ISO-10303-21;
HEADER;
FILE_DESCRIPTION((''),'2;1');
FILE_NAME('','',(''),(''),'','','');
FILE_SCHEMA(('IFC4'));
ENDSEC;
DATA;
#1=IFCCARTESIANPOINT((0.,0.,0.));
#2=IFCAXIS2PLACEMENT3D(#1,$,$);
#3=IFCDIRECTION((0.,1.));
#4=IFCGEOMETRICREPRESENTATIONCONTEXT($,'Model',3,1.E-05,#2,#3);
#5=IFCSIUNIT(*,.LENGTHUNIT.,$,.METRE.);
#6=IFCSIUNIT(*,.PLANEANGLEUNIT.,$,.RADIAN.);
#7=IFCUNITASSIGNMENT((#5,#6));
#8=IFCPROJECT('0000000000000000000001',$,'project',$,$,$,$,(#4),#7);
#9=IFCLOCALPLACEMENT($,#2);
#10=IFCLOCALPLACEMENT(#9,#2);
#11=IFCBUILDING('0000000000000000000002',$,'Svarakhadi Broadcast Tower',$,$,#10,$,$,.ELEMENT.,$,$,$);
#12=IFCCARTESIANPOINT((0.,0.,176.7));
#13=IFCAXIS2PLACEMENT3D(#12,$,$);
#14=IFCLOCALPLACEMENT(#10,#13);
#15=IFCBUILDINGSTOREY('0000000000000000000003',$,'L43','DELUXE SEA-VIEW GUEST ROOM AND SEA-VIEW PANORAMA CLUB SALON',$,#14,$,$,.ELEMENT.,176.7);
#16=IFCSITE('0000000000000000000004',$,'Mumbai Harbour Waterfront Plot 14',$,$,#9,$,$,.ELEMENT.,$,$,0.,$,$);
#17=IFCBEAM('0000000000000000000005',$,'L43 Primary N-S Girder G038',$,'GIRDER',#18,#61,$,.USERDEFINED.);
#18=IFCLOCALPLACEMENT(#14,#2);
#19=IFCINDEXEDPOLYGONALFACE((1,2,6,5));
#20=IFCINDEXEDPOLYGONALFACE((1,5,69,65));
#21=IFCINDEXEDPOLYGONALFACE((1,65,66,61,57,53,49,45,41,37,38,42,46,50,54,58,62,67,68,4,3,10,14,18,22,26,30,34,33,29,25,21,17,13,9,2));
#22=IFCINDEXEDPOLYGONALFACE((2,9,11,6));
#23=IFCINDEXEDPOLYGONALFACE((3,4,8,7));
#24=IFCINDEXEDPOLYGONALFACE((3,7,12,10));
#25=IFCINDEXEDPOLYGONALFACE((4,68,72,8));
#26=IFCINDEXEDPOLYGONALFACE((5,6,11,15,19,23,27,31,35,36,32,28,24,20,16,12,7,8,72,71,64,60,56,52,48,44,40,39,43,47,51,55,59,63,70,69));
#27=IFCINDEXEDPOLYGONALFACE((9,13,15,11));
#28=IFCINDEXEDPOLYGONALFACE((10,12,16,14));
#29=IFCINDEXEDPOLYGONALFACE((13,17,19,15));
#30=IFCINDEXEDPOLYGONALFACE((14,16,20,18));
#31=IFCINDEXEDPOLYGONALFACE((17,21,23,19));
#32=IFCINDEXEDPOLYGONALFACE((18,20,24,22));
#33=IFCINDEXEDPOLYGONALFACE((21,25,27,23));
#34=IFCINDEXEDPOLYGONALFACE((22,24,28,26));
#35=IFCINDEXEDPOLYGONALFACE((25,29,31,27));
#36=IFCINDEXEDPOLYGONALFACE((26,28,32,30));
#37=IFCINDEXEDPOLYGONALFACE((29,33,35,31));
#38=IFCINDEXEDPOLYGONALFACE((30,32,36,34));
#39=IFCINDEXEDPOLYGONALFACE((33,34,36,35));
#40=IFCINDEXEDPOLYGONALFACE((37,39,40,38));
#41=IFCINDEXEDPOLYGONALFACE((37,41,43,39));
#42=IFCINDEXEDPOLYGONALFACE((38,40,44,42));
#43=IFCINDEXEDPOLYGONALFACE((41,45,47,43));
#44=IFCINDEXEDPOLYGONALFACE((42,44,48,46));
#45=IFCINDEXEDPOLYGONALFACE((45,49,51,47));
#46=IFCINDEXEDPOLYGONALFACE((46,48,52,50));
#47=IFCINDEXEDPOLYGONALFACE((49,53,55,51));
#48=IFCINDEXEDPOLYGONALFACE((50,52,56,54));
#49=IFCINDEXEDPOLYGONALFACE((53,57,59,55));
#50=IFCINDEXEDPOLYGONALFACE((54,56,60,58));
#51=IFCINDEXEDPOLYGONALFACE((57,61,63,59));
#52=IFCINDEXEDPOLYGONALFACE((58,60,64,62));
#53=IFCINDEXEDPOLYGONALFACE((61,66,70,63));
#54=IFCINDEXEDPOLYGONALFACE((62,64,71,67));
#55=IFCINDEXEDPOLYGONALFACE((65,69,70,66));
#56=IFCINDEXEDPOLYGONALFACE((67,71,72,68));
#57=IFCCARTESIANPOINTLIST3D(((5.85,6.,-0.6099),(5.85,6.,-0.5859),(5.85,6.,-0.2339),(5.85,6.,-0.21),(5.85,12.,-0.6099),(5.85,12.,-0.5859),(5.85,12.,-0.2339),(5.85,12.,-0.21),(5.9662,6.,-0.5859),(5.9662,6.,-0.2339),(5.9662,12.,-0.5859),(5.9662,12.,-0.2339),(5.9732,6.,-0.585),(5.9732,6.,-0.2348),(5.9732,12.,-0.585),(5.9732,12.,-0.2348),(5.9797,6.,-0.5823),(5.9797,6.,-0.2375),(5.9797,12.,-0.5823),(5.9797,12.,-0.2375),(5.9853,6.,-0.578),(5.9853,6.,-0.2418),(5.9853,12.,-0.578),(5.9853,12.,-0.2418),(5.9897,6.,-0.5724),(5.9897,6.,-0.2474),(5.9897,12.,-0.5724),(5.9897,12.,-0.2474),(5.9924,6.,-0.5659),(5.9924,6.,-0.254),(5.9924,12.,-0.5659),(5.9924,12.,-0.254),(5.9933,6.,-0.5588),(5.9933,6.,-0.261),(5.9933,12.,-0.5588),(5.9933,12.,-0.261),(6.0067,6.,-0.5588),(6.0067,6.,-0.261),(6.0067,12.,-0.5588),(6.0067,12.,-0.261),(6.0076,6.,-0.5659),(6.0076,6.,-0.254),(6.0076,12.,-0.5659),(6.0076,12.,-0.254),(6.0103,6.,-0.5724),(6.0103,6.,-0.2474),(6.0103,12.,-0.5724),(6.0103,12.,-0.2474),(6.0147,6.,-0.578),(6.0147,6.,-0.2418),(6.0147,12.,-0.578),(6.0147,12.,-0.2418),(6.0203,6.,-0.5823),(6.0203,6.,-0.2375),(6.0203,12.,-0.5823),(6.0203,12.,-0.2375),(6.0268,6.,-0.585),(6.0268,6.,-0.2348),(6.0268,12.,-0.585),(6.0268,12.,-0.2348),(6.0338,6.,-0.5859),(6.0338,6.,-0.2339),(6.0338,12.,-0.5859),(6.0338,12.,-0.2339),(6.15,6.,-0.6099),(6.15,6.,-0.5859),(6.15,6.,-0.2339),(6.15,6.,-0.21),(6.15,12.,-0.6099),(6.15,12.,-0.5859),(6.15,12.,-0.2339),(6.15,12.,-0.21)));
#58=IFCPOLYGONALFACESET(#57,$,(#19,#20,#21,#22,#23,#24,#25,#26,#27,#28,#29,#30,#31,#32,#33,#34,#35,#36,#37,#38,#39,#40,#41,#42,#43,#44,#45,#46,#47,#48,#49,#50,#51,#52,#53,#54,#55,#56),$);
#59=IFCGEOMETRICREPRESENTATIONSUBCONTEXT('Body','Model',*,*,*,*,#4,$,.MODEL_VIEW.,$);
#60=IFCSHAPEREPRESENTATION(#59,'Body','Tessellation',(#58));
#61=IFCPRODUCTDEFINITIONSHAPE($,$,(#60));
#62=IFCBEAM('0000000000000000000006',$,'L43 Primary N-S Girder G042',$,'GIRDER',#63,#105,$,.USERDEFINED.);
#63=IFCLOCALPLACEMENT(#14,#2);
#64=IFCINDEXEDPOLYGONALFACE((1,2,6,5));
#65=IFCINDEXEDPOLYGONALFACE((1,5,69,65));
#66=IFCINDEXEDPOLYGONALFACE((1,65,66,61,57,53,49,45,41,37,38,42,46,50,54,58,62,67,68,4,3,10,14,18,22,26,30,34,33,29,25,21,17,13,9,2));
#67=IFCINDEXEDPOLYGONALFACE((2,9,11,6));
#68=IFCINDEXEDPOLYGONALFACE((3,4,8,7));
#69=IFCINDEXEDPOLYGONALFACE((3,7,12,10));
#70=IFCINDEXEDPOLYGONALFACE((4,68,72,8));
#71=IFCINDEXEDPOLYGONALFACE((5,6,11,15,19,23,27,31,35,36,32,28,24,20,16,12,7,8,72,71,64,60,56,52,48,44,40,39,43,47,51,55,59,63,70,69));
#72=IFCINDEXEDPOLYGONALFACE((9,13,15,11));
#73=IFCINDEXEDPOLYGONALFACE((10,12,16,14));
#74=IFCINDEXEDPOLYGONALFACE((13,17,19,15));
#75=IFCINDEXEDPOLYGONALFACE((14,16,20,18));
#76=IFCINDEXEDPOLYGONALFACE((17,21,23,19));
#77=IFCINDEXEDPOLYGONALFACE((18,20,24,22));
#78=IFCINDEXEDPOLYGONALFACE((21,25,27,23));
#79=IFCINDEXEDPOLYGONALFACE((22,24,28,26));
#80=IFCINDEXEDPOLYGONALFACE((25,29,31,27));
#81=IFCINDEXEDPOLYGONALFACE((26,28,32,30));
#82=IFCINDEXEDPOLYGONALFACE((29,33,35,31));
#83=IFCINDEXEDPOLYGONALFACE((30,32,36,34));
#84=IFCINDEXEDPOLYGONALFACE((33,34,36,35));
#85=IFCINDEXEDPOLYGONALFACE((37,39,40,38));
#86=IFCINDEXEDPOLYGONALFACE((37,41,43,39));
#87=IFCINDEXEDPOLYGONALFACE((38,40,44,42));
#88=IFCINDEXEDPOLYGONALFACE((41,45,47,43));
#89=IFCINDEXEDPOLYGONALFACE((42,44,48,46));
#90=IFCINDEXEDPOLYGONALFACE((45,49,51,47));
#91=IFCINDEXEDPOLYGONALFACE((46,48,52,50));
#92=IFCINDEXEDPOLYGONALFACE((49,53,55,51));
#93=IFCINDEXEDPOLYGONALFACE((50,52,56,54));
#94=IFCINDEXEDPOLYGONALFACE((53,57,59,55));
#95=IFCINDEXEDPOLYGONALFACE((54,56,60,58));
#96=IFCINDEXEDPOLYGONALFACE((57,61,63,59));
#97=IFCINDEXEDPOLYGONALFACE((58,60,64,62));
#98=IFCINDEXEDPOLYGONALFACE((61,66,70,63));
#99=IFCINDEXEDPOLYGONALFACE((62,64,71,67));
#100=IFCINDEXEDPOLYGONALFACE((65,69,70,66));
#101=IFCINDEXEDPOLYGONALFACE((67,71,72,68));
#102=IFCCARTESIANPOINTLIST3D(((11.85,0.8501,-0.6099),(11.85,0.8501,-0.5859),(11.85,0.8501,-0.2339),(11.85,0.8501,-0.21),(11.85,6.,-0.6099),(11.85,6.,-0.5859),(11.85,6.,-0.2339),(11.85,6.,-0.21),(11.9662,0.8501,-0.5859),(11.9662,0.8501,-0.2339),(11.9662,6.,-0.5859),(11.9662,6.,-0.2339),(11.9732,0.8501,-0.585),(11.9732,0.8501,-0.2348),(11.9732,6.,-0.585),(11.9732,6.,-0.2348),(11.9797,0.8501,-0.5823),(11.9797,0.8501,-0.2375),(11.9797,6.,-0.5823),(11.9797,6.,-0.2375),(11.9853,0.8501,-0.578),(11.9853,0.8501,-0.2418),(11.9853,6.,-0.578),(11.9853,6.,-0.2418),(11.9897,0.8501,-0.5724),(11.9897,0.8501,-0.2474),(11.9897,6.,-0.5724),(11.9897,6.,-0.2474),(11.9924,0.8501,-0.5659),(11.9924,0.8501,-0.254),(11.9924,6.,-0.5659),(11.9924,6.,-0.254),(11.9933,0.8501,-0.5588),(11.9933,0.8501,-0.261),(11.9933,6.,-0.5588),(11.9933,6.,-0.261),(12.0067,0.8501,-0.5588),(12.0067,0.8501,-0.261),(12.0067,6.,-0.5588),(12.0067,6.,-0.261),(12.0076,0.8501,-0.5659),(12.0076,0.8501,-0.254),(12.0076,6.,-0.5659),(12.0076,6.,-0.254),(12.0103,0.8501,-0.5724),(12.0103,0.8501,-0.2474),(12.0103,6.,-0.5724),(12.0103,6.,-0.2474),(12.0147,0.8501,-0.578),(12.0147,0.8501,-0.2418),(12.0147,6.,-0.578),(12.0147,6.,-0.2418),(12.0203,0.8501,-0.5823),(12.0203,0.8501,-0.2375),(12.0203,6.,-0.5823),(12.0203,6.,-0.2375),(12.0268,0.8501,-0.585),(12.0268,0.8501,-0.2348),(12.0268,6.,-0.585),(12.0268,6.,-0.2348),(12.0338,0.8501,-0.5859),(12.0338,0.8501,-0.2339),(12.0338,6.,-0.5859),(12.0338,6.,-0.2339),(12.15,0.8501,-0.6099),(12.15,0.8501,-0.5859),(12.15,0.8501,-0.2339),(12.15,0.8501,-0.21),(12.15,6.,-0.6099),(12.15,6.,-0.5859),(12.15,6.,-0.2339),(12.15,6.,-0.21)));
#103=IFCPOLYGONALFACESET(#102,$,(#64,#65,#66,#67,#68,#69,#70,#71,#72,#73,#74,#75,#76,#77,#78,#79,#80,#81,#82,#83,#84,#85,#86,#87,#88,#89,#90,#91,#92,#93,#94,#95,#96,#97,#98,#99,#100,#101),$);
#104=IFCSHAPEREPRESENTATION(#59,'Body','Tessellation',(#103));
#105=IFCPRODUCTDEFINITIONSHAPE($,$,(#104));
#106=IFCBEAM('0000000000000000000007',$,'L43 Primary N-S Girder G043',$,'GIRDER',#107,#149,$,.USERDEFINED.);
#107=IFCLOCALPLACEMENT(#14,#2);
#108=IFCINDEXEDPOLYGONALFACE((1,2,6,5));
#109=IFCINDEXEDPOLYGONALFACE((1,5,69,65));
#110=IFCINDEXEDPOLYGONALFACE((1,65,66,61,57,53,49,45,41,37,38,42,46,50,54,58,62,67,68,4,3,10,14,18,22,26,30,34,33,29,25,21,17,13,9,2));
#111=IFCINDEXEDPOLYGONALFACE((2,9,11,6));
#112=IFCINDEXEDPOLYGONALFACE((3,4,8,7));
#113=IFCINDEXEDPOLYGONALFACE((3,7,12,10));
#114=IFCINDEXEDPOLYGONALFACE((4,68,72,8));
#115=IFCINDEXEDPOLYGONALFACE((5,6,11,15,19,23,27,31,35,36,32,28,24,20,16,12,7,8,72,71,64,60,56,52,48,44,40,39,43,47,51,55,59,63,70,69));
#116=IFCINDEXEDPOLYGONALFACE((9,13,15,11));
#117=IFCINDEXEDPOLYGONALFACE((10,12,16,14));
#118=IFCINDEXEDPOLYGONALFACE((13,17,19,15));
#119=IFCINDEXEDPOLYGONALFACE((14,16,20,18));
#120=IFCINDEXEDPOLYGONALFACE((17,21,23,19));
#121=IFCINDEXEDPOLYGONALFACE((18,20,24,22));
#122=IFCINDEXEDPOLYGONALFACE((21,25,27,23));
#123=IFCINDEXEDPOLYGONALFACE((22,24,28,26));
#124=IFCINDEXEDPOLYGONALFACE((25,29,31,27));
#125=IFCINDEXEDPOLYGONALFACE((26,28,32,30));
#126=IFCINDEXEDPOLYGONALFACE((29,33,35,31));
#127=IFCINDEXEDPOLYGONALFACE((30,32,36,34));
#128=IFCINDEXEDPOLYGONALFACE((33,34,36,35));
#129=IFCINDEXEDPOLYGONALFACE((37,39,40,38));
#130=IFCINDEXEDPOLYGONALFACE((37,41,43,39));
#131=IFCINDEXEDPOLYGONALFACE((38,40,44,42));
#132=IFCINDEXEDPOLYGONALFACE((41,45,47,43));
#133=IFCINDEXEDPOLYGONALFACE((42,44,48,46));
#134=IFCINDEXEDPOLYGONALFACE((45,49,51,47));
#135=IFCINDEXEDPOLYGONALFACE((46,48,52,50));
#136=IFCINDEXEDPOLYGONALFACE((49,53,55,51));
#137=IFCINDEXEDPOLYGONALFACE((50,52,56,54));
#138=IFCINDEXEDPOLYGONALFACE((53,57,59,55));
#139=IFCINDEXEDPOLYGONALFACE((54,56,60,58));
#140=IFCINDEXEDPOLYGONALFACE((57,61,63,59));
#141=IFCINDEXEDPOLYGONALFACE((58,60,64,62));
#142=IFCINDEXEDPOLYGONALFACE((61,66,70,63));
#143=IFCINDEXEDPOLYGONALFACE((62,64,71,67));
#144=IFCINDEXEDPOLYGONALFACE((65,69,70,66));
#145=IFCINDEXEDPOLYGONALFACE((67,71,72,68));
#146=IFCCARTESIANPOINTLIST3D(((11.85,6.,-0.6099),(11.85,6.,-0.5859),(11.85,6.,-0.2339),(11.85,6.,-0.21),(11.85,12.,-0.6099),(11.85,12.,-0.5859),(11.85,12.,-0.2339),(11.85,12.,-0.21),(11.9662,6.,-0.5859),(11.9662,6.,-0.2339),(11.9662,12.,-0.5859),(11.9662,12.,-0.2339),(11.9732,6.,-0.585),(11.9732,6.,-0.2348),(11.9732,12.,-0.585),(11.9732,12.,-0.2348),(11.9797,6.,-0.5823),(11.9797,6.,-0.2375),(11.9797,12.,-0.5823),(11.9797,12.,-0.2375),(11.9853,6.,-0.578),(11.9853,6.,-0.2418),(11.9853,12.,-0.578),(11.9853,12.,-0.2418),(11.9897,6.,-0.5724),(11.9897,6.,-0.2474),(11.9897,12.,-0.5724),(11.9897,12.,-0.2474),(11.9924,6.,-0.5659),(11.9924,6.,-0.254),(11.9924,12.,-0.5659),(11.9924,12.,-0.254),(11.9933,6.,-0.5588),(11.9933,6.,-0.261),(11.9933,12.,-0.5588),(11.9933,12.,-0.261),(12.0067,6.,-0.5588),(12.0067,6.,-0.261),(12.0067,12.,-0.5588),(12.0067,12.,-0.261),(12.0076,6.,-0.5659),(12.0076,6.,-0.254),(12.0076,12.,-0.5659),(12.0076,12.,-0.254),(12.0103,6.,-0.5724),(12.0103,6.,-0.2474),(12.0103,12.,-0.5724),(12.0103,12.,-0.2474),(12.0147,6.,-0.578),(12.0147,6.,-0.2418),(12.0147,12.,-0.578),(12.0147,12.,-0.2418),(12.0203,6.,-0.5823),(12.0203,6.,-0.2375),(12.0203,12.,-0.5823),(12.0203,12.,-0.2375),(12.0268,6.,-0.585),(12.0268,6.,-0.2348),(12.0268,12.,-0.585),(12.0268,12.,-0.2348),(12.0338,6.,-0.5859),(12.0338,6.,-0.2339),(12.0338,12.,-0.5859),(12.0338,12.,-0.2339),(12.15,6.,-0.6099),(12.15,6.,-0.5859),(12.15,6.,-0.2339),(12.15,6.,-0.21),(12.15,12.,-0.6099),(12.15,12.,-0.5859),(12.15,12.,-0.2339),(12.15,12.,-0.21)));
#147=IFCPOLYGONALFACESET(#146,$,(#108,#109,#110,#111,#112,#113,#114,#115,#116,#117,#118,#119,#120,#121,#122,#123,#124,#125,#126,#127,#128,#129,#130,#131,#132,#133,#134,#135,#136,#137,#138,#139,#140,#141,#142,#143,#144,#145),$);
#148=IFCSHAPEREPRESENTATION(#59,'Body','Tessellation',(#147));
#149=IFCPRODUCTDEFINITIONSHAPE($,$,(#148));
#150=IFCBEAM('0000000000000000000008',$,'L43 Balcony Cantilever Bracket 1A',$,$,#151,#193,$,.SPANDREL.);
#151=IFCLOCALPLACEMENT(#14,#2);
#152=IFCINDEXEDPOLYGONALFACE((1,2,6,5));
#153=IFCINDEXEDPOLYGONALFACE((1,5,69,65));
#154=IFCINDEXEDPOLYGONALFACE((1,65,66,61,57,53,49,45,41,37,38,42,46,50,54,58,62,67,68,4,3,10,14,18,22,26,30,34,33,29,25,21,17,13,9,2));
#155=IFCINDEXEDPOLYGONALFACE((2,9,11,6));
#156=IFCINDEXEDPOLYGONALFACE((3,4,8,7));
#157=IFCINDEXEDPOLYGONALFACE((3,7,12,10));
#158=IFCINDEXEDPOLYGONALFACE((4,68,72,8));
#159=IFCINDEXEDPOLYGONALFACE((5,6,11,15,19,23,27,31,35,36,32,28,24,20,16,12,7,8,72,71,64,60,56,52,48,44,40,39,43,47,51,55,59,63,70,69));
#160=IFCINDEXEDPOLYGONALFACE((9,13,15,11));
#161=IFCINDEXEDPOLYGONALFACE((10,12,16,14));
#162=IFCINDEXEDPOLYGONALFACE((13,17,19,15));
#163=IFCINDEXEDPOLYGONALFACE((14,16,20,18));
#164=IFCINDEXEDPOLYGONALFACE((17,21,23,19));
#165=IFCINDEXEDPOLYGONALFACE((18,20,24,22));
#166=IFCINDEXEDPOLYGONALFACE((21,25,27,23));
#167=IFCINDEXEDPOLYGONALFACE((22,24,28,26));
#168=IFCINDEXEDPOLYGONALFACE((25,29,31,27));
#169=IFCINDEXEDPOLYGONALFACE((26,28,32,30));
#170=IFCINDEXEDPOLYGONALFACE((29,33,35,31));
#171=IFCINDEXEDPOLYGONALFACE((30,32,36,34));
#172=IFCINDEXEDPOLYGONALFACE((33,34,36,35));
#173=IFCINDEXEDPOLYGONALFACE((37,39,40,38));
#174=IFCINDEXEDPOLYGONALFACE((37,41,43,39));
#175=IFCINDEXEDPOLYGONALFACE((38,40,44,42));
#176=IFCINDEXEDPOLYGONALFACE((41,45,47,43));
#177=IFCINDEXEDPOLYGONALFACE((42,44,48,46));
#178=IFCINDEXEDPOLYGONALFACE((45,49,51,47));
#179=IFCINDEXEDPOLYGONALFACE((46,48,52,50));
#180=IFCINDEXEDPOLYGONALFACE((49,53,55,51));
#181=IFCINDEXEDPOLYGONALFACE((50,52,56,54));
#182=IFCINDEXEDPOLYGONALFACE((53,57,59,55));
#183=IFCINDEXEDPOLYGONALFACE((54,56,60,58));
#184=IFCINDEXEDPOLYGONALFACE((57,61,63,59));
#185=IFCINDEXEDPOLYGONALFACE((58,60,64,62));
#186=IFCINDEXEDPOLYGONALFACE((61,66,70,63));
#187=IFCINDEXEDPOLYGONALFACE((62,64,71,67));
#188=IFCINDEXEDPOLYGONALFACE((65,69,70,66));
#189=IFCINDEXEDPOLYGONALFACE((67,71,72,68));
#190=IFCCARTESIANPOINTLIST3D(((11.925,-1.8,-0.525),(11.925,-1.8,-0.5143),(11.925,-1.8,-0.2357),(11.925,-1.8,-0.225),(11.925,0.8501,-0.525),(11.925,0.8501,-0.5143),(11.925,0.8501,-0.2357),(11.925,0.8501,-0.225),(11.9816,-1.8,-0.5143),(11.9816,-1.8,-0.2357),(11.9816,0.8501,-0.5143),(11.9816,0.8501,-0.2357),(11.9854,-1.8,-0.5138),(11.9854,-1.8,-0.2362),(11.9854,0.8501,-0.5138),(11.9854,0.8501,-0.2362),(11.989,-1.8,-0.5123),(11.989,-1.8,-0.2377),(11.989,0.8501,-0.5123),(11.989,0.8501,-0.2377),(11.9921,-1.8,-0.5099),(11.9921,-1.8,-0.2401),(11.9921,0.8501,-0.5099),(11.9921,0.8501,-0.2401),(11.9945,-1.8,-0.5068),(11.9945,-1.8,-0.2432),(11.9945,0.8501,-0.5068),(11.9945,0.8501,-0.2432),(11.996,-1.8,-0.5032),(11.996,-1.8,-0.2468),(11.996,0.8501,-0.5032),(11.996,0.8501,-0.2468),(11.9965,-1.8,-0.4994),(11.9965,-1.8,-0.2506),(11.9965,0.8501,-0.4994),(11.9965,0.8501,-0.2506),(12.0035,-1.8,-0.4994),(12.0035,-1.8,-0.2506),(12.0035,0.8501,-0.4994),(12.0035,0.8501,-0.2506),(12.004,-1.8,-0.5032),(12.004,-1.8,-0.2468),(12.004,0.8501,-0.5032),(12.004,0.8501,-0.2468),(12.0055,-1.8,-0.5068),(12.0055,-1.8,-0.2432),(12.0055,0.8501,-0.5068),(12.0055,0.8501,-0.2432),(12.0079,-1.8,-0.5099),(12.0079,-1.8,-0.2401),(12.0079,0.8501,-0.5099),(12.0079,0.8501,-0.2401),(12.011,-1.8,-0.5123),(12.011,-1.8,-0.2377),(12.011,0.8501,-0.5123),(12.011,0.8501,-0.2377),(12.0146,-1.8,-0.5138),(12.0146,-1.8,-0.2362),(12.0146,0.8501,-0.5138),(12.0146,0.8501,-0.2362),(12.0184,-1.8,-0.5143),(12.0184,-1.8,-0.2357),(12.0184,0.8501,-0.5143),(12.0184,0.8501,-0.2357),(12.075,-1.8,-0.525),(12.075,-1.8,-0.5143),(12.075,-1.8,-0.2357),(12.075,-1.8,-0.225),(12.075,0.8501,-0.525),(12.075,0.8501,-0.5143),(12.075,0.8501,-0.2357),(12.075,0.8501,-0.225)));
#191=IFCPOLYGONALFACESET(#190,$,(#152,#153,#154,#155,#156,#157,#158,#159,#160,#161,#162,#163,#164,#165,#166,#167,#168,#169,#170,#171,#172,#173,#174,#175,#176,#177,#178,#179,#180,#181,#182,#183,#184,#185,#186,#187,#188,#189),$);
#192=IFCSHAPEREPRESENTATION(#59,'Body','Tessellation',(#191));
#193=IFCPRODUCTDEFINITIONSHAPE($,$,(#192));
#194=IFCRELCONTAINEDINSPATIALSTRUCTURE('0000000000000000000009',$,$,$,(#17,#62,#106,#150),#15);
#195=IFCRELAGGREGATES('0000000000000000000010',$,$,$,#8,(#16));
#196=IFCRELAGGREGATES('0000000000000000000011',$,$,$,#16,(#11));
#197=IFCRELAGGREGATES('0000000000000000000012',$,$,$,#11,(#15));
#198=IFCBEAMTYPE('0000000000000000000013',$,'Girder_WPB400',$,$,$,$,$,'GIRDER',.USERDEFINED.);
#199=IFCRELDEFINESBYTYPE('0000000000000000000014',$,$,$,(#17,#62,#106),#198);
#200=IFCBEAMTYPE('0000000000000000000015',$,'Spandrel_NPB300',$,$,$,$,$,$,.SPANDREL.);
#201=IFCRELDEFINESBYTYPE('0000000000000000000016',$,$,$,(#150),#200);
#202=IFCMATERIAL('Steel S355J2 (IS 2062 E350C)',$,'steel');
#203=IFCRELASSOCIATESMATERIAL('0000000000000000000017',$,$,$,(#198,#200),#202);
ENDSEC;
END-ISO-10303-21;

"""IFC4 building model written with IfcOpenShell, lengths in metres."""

from ifc_helpers import new_model, si_unit, direction, frame, origin, origin_2d, place, context, subcontext, project, spatial, i_section, extrude, material, material_profile, profile_set, type_object, element, save


model = new_model("IFC4")

# Units and contexts
model_context = context("Model", 3, precision=1e-05, world=origin(), true_north=direction((0.0, 1.0)))
body_context = subcontext(model_context, "Body", "Model", "MODEL_VIEW")
ifc_project = project(units=[si_unit("LENGTHUNIT", "METRE"), si_unit("PLANEANGLEUNIT", "RADIAN")], contexts=[model_context])

# Site, building, storey
site_placement = place(None, origin())
site = spatial("IfcSite", under=ifc_project, at=site_placement, Name="Mumbai Harbour Waterfront Plot 14", CompositionType="ELEMENT", RefElevation=0.0)
building_placement = place(site_placement, origin())
building = spatial("IfcBuilding", under=site, at=building_placement, Name="Svarakhadi Broadcast Tower", CompositionType="ELEMENT")
storey_placement = place(building_placement, frame((0.0, 0.0, 176.7)))
storey = spatial("IfcBuildingStorey", under=building, at=storey_placement, Name="L43", Description="DELUXE SEA-VIEW GUEST ROOM AND SEA-VIEW PANORAMA CLUB SALON", CompositionType="ELEMENT", Elevation=176.7)

# Shared definitions
ifc_material_1 = material(Name="Steel S355J2 (IS 2062 E350C)", Category="steel")

# Beams
ifc_material_profile_1 = material_profile(ifc_material_1, i_section(OverallWidth=0.3, OverallDepth=0.3999, WebThickness=0.0134, FlangeThickness=0.0239, FilletRadius=0.0271, at=origin_2d()), Name="WPB 400x300x155")
ifc_profile_set_1 = profile_set([ifc_material_profile_1], Name="Steel S355J2 (IS 2062 E350C)")
beam_type_1 = type_object("IfcBeamType", Name="Girder_WPB400", ElementType="GIRDER", PredefinedType="USERDEFINED", material=ifc_profile_set_1)
for number, where, z_axis, x_axis, name in (
    (1, (6.0, 6.0, -0.4099), (0.0, 1.0, 0.0), (-1.0, 0.0, 0.0), "L43 Primary N-S Girder G038"),
):
    element("IfcBeam", number, at=place(storey_placement, frame(where, z_axis=z_axis, x_axis=x_axis)), inside=storey, type_object=beam_type_1, Name=name, ObjectType="GIRDER", PredefinedType="USERDEFINED", context=body_context, shape_type="SweptSolid", body=[
        extrude(i_section(OverallWidth=0.3, OverallDepth=0.3999, WebThickness=0.0134, FlangeThickness=0.0239, FilletRadius=0.0271, at=origin_2d()), origin(), (0.0, 0.0, 1.0), 6.0),
    ])
beam_1_placement = place(storey_placement, frame((12.0, 0.8501, -0.4099), z_axis=(0.0, 1.0, 0.0), x_axis=(-1.0, 0.0, 0.0)))
element("IfcBeam", 2, at=beam_1_placement, inside=storey, type_object=beam_type_1, Name="L43 Primary N-S Girder G042", ObjectType="GIRDER", PredefinedType="USERDEFINED", context=body_context, shape_type="SweptSolid", body=[
    extrude(i_section(OverallWidth=0.3, OverallDepth=0.3999, WebThickness=0.0134, FlangeThickness=0.0239, FilletRadius=0.0271, at=origin_2d()), origin(), (0.0, 0.0, 1.0), 5.1499),
])
beam_2_placement = place(storey_placement, frame((12.0, 6.0, -0.4099), z_axis=(0.0, 1.0, 0.0), x_axis=(-1.0, 0.0, 0.0)))
element("IfcBeam", 3, at=beam_2_placement, inside=storey, type_object=beam_type_1, Name="L43 Primary N-S Girder G043", ObjectType="GIRDER", PredefinedType="USERDEFINED", context=body_context, shape_type="SweptSolid", body=[
    extrude(i_section(OverallWidth=0.3, OverallDepth=0.3999, WebThickness=0.0134, FlangeThickness=0.0239, FilletRadius=0.0271, at=origin_2d()), origin(), (0.0, 0.0, 1.0), 6.0),
])
ifc_material_profile_2 = material_profile(ifc_material_1, i_section(OverallWidth=0.1499, OverallDepth=0.3, WebThickness=0.0071, FlangeThickness=0.0107, FilletRadius=0.0149, at=origin_2d()), Name="NPB 300x150x37")
ifc_profile_set_2 = profile_set([ifc_material_profile_2], Name="Steel S355J2 (IS 2062 E350C)")
beam_type_2 = type_object("IfcBeamType", Name="Spandrel_NPB300", PredefinedType="SPANDREL", material=ifc_profile_set_2)
beam_3_placement = place(storey_placement, frame((12.0, 0.8501, -0.375), z_axis=(0.0, -1.0, 0.0), x_axis=(1.0, 0.0, 0.0)))
element("IfcBeam", 4, at=beam_3_placement, inside=storey, type_object=beam_type_2, Name="L43 Balcony Cantilever Bracket 1A", PredefinedType="SPANDREL", context=body_context, shape_type="SweptSolid", body=[
    extrude(i_section(OverallWidth=0.1499, OverallDepth=0.3, WebThickness=0.0071, FlangeThickness=0.0107, FilletRadius=0.0149, at=origin_2d()), origin(), (0.0, 0.0, 1.0), 2.6501),
])

save(model, "model.ifc")
